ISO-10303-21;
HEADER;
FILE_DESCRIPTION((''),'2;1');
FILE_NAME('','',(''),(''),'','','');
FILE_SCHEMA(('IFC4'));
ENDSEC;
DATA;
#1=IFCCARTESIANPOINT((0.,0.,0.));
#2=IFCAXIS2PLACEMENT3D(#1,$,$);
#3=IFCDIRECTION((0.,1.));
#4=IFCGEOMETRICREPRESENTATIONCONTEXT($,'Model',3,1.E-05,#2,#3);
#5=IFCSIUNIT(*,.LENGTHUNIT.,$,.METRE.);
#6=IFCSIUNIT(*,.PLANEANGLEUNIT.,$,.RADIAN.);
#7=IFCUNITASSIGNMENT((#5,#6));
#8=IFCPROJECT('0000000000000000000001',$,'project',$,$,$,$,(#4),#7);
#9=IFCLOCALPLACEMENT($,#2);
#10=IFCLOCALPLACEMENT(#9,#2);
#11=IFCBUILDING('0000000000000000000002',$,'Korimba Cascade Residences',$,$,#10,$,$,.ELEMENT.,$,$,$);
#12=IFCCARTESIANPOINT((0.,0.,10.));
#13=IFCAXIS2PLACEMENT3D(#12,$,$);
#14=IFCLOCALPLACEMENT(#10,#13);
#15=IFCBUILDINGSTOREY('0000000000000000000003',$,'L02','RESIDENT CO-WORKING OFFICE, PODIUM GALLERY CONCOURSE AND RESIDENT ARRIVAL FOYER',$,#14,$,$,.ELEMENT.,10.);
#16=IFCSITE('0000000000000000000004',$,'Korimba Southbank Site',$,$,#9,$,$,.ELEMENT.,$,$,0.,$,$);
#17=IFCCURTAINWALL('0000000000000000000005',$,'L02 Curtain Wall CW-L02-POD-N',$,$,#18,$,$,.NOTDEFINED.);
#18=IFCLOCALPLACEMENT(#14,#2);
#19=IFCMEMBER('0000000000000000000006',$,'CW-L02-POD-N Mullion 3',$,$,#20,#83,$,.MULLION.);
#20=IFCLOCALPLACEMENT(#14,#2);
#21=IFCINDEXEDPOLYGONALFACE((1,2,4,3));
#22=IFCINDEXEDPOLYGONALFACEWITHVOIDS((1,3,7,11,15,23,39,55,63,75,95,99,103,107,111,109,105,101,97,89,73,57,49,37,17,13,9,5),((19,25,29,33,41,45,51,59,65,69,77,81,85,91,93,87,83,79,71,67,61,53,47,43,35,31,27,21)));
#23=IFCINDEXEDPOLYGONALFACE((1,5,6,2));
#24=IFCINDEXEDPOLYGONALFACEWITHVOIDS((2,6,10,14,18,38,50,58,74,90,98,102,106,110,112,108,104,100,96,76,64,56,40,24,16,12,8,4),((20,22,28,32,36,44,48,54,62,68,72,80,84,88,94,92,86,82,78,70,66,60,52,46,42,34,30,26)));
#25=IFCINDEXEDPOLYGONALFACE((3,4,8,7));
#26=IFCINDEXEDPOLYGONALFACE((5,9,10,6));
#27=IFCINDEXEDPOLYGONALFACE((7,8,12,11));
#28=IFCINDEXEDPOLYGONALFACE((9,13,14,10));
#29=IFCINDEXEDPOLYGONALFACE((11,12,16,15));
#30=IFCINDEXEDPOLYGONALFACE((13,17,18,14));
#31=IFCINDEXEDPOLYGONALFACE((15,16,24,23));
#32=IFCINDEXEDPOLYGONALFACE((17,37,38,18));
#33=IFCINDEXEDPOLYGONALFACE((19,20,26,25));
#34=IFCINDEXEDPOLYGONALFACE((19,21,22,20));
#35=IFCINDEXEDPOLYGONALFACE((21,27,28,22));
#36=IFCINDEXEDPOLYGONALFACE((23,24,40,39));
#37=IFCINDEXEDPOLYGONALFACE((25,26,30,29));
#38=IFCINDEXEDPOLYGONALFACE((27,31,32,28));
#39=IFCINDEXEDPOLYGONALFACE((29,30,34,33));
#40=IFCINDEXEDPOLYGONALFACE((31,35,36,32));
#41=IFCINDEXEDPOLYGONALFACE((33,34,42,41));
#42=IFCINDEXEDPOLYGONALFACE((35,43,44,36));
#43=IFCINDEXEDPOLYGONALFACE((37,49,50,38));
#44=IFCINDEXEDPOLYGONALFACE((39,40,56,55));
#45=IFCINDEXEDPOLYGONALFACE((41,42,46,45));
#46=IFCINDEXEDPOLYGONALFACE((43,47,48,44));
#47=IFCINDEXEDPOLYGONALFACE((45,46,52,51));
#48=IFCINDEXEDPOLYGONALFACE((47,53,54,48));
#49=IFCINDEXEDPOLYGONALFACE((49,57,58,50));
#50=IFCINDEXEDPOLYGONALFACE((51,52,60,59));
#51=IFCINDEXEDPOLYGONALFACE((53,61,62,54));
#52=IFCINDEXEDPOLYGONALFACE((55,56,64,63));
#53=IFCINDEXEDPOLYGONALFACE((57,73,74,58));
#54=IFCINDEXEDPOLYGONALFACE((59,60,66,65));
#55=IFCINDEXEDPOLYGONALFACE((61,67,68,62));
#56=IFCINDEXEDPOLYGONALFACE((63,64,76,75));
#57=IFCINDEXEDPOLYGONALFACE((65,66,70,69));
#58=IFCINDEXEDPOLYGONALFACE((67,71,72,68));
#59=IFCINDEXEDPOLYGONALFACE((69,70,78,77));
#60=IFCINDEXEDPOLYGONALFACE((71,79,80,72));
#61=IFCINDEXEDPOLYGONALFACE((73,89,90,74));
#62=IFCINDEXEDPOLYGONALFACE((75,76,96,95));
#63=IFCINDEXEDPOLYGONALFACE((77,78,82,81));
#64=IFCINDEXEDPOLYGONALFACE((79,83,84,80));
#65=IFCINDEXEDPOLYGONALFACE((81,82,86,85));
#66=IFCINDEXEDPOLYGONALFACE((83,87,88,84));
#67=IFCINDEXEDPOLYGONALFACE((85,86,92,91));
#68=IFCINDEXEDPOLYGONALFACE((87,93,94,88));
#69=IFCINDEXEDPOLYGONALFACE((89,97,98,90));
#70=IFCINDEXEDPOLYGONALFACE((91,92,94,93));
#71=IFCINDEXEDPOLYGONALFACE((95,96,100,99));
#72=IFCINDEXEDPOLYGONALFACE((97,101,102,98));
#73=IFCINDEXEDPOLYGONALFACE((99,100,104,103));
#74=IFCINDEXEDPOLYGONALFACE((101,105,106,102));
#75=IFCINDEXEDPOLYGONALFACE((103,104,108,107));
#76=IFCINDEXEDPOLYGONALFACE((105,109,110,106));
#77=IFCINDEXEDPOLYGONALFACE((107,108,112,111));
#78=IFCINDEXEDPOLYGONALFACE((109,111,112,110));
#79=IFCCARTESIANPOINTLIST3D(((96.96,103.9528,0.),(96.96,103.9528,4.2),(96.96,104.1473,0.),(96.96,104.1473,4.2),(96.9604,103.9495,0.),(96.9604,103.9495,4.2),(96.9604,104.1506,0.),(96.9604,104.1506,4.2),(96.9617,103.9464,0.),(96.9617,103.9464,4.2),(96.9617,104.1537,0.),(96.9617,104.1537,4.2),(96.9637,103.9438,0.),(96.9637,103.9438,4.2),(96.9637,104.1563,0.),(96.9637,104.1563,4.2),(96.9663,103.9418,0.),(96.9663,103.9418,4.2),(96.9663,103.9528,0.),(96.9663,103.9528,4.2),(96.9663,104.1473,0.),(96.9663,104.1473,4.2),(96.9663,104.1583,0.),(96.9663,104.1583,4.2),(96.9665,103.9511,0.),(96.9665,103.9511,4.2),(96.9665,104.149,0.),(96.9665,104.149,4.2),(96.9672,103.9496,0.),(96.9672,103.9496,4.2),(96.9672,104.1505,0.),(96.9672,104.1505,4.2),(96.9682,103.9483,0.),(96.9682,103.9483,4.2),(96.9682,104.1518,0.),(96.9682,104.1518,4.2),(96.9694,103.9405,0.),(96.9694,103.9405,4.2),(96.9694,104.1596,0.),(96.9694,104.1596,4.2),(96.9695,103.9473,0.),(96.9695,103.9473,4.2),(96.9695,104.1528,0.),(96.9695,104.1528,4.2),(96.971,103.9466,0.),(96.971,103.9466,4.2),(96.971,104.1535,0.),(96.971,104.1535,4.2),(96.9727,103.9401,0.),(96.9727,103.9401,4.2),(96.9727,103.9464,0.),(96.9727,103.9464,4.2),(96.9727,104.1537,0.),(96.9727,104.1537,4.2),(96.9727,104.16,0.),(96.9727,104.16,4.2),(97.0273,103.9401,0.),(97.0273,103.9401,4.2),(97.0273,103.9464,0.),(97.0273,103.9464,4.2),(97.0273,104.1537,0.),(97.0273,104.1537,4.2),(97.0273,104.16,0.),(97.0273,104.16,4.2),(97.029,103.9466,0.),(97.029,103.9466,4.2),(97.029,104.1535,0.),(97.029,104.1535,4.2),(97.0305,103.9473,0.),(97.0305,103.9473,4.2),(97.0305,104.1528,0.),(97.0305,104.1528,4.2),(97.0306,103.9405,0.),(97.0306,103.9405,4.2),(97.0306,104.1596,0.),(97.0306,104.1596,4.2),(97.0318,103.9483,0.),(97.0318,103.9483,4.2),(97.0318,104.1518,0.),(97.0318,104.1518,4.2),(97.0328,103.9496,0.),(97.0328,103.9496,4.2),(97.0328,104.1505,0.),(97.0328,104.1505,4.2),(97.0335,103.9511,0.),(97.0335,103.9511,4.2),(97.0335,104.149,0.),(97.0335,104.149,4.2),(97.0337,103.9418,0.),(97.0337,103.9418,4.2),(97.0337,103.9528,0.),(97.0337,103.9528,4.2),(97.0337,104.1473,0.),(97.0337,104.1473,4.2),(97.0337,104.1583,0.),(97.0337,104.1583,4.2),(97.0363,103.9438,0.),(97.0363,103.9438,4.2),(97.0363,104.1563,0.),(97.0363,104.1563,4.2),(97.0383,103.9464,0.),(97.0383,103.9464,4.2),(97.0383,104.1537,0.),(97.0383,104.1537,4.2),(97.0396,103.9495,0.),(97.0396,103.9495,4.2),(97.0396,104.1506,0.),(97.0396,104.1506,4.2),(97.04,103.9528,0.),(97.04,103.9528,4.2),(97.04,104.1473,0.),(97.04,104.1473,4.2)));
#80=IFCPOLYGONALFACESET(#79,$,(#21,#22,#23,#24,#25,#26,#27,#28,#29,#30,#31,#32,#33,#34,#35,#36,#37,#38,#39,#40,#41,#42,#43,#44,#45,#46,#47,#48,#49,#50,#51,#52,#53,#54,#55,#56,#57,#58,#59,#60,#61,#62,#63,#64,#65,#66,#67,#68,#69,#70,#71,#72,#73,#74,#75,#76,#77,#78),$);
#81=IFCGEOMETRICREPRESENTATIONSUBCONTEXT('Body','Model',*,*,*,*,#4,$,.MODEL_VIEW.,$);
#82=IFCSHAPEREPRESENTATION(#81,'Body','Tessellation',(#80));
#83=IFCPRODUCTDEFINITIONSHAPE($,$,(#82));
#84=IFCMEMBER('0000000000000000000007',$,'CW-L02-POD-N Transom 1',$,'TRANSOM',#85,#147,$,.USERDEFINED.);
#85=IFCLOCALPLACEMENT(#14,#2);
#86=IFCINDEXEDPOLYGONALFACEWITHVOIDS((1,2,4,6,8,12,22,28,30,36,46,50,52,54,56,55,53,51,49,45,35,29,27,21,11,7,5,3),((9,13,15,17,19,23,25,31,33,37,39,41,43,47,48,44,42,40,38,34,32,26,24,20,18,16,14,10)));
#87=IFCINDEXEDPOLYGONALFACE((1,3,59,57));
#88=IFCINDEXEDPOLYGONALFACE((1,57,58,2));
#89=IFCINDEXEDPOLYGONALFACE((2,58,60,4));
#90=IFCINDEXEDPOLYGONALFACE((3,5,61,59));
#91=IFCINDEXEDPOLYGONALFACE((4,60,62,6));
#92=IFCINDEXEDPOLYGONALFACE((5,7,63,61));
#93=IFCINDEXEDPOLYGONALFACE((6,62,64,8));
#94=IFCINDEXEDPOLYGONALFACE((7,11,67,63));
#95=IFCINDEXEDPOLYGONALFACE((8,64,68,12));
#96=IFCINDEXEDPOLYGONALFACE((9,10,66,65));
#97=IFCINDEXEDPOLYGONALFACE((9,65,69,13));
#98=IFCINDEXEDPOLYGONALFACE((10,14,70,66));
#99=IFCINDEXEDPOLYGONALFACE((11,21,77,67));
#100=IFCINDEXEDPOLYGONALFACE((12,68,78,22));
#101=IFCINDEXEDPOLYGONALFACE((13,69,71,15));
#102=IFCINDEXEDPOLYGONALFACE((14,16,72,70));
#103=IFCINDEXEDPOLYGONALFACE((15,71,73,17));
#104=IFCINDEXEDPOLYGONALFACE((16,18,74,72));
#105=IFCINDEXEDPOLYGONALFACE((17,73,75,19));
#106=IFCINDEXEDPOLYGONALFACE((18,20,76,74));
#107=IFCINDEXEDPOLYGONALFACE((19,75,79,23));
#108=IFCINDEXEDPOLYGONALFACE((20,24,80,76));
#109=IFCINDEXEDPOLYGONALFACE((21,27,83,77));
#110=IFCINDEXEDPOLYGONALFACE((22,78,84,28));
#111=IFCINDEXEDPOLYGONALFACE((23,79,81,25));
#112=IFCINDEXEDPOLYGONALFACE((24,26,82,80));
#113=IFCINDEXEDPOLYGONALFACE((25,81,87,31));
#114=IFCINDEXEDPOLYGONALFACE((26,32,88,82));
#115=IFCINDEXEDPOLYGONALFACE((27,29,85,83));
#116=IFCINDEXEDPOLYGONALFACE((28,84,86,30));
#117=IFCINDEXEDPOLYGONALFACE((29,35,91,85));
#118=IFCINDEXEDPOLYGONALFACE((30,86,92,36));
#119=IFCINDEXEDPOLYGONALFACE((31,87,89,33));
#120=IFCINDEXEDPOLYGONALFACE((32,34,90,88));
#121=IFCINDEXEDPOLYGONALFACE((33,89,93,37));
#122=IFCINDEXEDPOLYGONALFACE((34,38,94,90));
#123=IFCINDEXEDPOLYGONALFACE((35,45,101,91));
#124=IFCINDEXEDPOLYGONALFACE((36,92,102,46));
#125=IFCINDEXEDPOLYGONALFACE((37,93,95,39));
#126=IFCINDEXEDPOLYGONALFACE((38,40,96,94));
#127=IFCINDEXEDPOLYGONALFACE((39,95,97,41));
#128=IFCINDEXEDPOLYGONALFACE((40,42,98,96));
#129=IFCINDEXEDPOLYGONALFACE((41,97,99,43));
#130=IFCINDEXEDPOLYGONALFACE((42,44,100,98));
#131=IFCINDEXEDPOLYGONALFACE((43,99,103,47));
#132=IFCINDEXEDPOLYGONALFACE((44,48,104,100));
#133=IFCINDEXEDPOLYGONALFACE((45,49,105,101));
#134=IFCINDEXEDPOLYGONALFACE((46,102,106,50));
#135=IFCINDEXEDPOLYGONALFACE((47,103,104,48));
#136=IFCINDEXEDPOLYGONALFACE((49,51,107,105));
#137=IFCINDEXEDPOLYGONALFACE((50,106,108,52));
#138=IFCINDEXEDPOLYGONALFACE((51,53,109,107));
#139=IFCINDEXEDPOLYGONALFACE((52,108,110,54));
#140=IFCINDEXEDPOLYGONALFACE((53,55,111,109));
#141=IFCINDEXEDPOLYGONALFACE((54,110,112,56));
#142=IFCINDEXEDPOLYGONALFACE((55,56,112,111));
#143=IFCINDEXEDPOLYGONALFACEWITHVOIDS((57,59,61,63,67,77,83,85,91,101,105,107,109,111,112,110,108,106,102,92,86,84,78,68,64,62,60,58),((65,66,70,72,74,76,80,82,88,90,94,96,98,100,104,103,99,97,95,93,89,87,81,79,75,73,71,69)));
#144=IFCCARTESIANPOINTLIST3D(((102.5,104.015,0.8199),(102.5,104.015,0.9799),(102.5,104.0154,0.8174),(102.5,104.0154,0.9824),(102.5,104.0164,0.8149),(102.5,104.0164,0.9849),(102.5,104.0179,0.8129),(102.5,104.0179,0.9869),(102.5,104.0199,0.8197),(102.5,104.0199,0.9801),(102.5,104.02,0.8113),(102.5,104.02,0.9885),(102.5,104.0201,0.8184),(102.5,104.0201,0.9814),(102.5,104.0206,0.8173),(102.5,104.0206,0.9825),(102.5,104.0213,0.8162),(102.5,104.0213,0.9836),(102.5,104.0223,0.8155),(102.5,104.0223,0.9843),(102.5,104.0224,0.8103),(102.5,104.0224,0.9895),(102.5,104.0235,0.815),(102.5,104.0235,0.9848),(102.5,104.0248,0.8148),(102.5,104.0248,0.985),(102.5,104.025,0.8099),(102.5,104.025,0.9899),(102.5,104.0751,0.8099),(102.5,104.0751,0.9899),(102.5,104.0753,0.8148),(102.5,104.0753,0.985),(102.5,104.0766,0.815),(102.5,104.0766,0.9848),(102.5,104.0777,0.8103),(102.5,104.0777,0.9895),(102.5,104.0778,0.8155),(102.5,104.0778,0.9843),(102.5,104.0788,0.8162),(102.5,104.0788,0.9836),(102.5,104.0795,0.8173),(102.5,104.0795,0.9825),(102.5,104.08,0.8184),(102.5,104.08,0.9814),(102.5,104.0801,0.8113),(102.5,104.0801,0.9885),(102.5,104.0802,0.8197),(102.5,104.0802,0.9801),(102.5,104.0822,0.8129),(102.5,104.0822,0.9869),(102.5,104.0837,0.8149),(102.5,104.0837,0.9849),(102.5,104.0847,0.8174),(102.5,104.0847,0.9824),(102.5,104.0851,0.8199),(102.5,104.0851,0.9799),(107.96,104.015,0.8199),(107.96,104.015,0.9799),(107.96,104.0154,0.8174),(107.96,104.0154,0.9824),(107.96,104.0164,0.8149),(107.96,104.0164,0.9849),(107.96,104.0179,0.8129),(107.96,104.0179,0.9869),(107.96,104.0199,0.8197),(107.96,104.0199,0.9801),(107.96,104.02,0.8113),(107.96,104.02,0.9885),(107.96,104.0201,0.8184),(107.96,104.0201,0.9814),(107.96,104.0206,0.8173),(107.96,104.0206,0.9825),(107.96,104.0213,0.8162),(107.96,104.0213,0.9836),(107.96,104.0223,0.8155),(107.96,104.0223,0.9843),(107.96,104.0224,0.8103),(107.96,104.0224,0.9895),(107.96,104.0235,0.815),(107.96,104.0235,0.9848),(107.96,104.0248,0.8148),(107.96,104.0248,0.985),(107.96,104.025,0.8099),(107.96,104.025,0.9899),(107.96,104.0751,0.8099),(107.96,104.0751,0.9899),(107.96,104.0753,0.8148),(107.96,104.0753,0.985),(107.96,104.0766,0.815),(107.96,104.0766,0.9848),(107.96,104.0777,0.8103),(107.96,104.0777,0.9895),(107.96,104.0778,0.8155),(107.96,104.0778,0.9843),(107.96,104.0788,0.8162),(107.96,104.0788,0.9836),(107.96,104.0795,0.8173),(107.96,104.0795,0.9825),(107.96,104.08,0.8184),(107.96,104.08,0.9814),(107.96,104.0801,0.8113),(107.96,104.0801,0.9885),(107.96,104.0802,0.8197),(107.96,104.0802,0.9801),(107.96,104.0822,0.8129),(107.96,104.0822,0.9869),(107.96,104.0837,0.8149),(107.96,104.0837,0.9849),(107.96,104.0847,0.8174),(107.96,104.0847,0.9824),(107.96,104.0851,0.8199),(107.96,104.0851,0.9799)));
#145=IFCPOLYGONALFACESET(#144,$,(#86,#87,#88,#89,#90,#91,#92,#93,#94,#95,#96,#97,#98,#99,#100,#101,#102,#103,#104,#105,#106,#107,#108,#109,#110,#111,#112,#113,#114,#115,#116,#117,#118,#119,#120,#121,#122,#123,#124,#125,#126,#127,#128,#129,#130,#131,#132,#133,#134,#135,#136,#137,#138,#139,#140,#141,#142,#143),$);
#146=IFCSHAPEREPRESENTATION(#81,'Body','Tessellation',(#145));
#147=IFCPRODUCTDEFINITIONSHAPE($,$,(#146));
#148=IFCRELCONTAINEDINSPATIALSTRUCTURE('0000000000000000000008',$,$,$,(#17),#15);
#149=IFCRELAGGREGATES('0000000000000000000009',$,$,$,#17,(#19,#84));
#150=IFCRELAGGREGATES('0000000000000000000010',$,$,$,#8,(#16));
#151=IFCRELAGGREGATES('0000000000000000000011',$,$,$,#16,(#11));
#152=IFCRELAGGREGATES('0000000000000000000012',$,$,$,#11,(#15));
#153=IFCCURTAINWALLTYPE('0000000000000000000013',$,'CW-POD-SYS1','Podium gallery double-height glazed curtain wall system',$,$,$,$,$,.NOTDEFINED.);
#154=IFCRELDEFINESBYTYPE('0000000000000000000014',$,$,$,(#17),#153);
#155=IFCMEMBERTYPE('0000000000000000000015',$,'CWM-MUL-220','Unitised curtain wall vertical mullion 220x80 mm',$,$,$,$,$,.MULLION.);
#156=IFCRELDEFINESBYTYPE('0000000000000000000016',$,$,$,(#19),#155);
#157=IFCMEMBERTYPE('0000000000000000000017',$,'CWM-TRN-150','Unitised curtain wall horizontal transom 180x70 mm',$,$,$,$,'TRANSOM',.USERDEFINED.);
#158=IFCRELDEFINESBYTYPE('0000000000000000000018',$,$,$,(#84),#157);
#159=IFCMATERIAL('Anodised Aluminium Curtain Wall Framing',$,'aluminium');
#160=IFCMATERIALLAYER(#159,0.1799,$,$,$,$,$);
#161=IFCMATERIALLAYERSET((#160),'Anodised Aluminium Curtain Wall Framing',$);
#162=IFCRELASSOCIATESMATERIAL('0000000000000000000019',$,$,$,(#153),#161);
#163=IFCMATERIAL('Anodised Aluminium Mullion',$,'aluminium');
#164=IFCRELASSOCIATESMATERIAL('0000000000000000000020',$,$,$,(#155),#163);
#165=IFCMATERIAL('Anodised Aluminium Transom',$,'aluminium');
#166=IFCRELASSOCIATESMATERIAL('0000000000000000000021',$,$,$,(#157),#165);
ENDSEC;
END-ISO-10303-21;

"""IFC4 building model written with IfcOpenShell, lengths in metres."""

from ifc_helpers import new_model, si_unit, direction, frame, origin, origin_2d, place, context, subcontext, project, spatial, hollow_rectangle, extrude, material, layer, layer_set, material_profile, profile_set, type_object, element, aggregate, save


model = new_model("IFC4")

# Units and contexts
model_context = context("Model", 3, precision=1e-05, world=origin(), true_north=direction((0.0, 1.0)))
body_context = subcontext(model_context, "Body", "Model", "MODEL_VIEW")
ifc_project = project(units=[si_unit("LENGTHUNIT", "METRE"), si_unit("PLANEANGLEUNIT", "RADIAN")], contexts=[model_context])

# Site, building, storey
site_placement = place(None, origin())
site = spatial("IfcSite", under=ifc_project, at=site_placement, Name="Korimba Southbank Site", CompositionType="ELEMENT", RefElevation=0.0)
building_placement = place(site_placement, origin())
building = spatial("IfcBuilding", under=site, at=building_placement, Name="Korimba Cascade Residences", CompositionType="ELEMENT")
storey_placement = place(building_placement, frame((0.0, 0.0, 10.0)))
storey = spatial("IfcBuildingStorey", under=building, at=storey_placement, Name="L02", Description="RESIDENT CO-WORKING OFFICE, PODIUM GALLERY CONCOURSE AND RESIDENT ARRIVAL FOYER", CompositionType="ELEMENT", Elevation=10.0)

# Curtain wall, members
ifc_material_1 = material(Name="Anodised Aluminium Curtain Wall Framing", Category="aluminium")
ifc_layer_1 = layer(ifc_material_1, 0.1799)
ifc_layer_set_1 = layer_set([ifc_layer_1], Name="Anodised Aluminium Curtain Wall Framing")
curtain_wall_type = type_object("IfcCurtainWallType", Name="CW-POD-SYS1", Description="Podium gallery double-height glazed curtain wall system", PredefinedType="NOTDEFINED", material=ifc_layer_set_1)
curtain_wall_placement = place(storey_placement, origin())
curtain_wall = element("IfcCurtainWall", 1, at=curtain_wall_placement, inside=storey, type_object=curtain_wall_type, Name="L02 Curtain Wall CW-L02-POD-N", PredefinedType="NOTDEFINED")
ifc_material_2 = material(Name="Anodised Aluminium Mullion", Category="aluminium")
ifc_material_profile_1 = material_profile(ifc_material_2, hollow_rectangle(XDim=0.0801, YDim=0.22, WallThickness=0.0063, InnerFilletRadius=0.0063, OuterFilletRadius=0.0127, at=origin_2d()), Name="Anodised Aluminium Mullion")
ifc_profile_set_1 = profile_set([ifc_material_profile_1], Name="Anodised Aluminium Mullion")
member_type_1 = type_object("IfcMemberType", Name="CWM-MUL-220", Description="Unitised curtain wall vertical mullion 220x80 mm", PredefinedType="MULLION", material=ifc_profile_set_1)
member_1_placement = place(storey_placement, frame((97.0, 104.05, 0.0), z_axis=(0.0, 0.0, 1.0), x_axis=(-1.0, 0.0, 0.0)))
member_1 = element("IfcMember", 2, at=member_1_placement, type_object=member_type_1, Name="CW-L02-POD-N Mullion 3", PredefinedType="MULLION", context=body_context, shape_type="SweptSolid", body=[
    extrude(hollow_rectangle(XDim=0.0801, YDim=0.22, WallThickness=0.0063, InnerFilletRadius=0.0063, OuterFilletRadius=0.0127, at=origin_2d()), origin(), (0.0, 0.0, 1.0), 4.2),
])
ifc_material_3 = material(Name="Anodised Aluminium Transom", Category="aluminium")
ifc_material_profile_2 = material_profile(ifc_material_3, hollow_rectangle(XDim=0.0701, YDim=0.1799, WallThickness=0.0049, InnerFilletRadius=0.0049, OuterFilletRadius=0.01, at=origin_2d()), Name="Anodised Aluminium Transom")
ifc_profile_set_2 = profile_set([ifc_material_profile_2], Name="Anodised Aluminium Transom")
member_type_2 = type_object("IfcMemberType", Name="CWM-TRN-150", Description="Unitised curtain wall horizontal transom 180x70 mm", ElementType="TRANSOM", PredefinedType="USERDEFINED", material=ifc_profile_set_2)
member_2_placement = place(storey_placement, frame((107.96, 104.05, 0.8999), z_axis=(-1.0, 0.0, 0.0), x_axis=(0.0, -1.0, 0.0)))
member_2 = element("IfcMember", 3, at=member_2_placement, type_object=member_type_2, Name="CW-L02-POD-N Transom 1", ObjectType="TRANSOM", PredefinedType="USERDEFINED", context=body_context, shape_type="SweptSolid", body=[
    extrude(hollow_rectangle(XDim=0.0701, YDim=0.1799, WallThickness=0.0049, InnerFilletRadius=0.0049, OuterFilletRadius=0.01, at=origin_2d()), origin(), (0.0, 0.0, 1.0), 5.46),
])
aggregate(curtain_wall, [member_1, member_2])

save(model, "model.ifc")
